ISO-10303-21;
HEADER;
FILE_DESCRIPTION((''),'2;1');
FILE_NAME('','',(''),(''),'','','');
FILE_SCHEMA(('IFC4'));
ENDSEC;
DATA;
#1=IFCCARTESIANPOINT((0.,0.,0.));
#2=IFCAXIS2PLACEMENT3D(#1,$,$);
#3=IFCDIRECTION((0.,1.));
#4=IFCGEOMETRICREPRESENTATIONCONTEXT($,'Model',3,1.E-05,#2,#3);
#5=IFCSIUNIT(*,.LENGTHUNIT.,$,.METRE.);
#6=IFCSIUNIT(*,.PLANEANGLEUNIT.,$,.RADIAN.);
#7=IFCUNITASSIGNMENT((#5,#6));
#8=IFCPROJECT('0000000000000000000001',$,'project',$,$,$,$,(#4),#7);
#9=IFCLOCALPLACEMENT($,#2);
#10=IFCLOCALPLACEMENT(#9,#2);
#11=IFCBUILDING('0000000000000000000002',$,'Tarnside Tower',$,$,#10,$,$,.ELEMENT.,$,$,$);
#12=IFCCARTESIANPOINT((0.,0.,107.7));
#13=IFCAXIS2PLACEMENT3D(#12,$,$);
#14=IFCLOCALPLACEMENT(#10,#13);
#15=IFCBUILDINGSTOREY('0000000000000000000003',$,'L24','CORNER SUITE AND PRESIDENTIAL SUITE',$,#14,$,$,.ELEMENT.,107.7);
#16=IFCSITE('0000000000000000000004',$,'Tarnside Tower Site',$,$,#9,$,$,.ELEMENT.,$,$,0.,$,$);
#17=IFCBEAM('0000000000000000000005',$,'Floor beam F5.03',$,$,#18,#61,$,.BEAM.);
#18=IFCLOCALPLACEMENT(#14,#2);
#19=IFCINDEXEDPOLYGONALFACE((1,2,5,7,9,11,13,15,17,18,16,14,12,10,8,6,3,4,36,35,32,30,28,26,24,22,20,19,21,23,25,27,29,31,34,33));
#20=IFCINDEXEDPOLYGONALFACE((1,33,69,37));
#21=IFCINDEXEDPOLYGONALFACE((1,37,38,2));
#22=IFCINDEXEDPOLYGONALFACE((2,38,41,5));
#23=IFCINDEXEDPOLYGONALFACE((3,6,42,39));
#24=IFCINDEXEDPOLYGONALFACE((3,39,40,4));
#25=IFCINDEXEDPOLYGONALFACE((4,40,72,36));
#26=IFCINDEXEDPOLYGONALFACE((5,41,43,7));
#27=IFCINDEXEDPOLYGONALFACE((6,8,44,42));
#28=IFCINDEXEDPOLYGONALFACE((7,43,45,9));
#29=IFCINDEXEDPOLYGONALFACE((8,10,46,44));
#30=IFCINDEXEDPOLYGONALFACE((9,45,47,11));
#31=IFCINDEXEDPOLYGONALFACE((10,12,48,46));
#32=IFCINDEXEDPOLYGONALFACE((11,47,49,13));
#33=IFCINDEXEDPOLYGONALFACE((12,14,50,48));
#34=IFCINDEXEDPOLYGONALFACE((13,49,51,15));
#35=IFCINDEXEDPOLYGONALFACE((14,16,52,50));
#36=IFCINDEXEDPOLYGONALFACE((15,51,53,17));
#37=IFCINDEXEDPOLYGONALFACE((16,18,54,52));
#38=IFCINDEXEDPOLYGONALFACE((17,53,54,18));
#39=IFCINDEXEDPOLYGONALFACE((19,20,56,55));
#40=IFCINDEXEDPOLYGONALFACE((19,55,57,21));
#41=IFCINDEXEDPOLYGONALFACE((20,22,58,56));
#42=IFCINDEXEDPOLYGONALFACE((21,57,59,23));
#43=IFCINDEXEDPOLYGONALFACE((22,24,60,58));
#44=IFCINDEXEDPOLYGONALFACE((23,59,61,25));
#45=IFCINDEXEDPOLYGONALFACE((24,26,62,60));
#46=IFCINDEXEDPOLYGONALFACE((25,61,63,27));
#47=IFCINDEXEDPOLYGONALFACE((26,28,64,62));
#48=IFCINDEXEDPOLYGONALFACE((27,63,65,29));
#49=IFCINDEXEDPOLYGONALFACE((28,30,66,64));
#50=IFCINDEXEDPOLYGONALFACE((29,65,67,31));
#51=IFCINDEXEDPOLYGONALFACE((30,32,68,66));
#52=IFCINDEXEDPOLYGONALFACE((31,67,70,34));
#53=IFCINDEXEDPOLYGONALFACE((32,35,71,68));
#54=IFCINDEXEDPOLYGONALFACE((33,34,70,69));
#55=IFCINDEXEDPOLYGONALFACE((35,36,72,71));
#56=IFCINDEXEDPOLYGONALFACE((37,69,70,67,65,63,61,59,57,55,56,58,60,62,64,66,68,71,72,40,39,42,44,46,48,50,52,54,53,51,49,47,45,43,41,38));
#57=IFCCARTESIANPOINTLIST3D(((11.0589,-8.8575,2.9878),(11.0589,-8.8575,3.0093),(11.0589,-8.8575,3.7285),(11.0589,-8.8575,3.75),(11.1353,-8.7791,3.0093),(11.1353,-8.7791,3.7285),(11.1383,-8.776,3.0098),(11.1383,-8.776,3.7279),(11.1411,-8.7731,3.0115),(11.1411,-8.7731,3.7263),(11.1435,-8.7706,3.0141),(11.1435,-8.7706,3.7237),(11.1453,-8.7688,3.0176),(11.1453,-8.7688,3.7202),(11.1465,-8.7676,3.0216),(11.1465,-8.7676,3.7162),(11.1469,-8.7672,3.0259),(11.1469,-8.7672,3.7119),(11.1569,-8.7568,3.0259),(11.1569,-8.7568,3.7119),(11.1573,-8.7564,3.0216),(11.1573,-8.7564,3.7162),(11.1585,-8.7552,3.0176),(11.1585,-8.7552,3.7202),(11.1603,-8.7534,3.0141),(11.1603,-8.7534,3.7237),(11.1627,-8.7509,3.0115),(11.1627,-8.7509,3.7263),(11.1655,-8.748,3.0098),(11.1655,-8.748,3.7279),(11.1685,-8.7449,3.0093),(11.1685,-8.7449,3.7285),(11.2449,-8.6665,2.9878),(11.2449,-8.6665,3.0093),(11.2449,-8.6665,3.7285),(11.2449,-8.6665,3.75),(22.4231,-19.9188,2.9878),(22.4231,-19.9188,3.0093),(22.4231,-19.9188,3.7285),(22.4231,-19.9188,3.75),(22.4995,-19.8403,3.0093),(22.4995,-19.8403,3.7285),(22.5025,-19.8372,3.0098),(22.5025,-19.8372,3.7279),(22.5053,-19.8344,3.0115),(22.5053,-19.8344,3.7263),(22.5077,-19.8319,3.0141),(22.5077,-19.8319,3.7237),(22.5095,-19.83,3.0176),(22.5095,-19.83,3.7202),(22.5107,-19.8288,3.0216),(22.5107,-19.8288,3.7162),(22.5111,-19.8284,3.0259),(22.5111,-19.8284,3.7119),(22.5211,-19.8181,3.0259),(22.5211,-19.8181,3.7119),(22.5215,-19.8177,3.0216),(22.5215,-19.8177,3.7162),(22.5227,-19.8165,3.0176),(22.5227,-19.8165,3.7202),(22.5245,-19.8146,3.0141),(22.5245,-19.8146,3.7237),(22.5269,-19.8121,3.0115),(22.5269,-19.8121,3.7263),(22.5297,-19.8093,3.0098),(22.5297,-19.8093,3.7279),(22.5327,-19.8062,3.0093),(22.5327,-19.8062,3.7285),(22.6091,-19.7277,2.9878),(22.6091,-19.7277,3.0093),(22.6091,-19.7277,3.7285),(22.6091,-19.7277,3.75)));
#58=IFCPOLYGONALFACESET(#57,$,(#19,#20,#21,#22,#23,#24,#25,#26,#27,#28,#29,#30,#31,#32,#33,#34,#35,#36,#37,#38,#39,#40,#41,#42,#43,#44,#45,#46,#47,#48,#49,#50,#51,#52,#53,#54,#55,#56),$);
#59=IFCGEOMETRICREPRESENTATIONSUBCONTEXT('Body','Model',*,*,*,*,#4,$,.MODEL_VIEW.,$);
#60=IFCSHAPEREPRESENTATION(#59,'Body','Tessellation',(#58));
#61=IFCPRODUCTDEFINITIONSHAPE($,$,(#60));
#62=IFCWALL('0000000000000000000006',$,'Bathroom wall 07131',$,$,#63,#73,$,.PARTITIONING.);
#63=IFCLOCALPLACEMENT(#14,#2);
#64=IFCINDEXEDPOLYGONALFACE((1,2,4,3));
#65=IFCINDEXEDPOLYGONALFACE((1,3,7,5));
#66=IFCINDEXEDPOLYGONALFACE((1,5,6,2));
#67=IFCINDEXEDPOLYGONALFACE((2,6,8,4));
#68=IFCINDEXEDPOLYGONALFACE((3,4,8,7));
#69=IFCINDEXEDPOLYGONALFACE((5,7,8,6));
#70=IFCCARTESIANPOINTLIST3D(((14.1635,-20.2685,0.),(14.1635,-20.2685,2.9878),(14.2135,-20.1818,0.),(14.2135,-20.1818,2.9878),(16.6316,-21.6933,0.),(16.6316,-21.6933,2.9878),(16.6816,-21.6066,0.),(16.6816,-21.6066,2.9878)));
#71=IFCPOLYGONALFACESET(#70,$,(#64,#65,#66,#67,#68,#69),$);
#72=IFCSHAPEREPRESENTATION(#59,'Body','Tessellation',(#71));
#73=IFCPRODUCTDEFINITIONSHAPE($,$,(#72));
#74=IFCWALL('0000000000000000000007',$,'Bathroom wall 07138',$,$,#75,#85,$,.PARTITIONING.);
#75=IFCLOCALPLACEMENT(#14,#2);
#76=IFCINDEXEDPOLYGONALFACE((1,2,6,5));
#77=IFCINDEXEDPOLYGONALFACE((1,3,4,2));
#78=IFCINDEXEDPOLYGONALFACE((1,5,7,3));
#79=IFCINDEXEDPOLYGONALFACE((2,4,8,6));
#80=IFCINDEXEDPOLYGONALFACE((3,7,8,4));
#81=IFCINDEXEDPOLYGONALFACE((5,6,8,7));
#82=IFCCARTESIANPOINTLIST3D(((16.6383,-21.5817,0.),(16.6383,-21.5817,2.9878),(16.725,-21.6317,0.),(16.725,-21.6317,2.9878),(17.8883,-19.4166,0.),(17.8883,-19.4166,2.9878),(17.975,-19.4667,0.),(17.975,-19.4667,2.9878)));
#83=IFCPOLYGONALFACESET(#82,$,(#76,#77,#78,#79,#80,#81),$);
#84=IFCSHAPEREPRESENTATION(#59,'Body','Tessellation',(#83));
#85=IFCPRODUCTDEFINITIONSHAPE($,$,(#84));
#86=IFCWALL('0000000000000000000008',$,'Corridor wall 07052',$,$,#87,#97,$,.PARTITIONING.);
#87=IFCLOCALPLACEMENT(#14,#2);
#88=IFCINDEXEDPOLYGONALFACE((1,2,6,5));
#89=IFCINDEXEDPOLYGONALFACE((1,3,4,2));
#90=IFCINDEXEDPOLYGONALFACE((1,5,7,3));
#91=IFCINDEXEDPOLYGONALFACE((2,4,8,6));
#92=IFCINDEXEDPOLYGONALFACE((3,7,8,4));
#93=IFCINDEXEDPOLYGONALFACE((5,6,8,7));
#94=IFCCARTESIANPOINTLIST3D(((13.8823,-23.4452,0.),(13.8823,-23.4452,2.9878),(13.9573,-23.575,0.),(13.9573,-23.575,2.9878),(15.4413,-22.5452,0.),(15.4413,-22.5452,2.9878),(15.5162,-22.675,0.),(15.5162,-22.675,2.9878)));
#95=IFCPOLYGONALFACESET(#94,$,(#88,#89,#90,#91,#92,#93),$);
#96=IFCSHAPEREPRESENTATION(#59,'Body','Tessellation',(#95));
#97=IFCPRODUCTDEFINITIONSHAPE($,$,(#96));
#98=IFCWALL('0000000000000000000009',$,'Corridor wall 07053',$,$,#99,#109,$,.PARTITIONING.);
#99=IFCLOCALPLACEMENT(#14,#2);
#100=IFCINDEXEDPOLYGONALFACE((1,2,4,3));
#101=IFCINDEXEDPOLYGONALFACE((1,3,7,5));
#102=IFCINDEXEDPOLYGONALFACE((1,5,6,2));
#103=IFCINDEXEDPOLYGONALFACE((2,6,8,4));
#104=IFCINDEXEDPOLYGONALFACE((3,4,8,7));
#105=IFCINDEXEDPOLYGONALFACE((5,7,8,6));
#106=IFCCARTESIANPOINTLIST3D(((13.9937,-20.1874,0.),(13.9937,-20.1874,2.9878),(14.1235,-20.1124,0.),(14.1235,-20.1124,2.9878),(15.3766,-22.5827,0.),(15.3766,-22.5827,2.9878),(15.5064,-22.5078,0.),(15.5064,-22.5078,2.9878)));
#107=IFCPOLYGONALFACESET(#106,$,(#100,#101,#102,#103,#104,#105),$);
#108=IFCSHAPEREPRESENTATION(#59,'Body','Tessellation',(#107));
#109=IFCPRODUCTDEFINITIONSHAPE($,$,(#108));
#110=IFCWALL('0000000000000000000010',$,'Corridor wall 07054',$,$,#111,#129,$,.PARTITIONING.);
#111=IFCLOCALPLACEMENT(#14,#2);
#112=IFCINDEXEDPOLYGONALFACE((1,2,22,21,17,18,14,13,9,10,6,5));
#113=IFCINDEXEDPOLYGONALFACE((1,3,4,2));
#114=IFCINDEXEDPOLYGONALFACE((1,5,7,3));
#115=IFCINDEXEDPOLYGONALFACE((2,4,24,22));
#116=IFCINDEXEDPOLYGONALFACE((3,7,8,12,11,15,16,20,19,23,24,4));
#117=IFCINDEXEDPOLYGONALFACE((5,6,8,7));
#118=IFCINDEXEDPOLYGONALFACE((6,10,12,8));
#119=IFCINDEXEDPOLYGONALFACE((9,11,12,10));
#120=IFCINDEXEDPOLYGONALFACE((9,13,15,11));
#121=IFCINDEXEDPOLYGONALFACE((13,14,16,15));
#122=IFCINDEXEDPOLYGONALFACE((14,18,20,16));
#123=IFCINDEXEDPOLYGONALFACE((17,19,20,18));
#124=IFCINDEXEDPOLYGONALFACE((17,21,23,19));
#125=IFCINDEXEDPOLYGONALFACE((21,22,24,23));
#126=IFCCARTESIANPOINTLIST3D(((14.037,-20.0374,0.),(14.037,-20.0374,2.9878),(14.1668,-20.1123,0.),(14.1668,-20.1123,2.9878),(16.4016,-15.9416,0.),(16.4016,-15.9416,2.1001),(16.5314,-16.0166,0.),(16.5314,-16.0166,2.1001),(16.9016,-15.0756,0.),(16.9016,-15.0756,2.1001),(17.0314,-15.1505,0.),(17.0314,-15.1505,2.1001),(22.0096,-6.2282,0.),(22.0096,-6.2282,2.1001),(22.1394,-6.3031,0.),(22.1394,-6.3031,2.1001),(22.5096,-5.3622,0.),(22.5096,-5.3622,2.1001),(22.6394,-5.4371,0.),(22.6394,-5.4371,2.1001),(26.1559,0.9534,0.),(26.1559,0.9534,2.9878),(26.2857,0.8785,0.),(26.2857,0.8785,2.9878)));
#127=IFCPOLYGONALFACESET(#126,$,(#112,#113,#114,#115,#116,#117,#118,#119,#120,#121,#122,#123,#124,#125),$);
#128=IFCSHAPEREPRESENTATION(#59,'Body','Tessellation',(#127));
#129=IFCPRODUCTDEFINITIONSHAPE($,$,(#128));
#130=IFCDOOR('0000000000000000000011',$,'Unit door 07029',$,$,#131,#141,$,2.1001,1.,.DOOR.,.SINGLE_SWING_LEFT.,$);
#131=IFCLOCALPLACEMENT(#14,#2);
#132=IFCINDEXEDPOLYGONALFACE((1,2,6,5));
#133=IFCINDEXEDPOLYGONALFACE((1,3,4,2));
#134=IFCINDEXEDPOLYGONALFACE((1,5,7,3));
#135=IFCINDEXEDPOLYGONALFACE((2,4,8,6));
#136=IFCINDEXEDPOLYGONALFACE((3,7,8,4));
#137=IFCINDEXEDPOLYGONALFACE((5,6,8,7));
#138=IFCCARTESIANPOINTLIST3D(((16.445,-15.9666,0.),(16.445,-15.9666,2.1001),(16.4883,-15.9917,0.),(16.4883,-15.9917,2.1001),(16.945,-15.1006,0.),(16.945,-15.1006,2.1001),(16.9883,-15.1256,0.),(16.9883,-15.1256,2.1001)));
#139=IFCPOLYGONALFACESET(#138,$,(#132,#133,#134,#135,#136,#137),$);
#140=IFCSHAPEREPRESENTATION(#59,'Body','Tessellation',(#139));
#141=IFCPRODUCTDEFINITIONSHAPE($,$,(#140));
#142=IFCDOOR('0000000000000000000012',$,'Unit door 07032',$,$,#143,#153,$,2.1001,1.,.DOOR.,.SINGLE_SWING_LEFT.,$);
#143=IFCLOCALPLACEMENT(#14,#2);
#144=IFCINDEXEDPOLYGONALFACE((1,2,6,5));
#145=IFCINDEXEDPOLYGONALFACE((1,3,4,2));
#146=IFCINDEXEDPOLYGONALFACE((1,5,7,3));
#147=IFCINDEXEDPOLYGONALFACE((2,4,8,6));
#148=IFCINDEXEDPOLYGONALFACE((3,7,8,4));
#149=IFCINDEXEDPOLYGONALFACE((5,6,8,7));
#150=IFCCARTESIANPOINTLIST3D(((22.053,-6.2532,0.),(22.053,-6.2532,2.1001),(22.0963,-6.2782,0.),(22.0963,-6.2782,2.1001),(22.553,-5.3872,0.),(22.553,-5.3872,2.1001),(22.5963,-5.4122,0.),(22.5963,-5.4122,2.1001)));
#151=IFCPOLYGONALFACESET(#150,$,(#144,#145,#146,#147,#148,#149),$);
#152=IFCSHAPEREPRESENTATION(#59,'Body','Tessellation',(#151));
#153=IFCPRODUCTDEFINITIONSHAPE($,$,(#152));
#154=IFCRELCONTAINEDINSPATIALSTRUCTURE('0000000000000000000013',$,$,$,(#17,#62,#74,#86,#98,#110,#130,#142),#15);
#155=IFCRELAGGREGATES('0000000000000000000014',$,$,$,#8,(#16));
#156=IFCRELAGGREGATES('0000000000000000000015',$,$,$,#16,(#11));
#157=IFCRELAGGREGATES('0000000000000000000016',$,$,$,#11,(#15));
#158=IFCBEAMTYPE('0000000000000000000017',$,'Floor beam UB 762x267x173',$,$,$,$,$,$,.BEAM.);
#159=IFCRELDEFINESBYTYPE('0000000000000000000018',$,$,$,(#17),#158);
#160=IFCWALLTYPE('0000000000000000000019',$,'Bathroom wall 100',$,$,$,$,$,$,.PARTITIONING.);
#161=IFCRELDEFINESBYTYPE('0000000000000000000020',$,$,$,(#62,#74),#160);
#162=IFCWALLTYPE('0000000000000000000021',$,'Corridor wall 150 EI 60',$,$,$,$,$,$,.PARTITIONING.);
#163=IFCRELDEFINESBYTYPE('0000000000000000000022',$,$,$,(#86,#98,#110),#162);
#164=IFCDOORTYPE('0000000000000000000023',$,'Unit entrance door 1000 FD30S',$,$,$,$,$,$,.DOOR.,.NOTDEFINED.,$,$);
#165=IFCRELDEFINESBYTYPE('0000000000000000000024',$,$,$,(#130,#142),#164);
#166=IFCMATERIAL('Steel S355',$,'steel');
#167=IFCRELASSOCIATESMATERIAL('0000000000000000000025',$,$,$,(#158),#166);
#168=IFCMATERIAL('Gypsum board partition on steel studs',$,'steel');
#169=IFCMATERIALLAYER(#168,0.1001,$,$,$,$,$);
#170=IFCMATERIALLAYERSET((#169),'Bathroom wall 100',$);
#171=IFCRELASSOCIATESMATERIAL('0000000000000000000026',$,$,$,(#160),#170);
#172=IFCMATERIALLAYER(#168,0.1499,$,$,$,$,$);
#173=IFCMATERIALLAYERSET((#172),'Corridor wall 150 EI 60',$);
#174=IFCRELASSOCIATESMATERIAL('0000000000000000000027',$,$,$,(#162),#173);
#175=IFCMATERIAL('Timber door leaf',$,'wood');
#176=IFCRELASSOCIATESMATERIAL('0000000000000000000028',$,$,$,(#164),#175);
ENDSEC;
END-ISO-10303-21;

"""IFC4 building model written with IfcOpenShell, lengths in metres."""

from ifc_helpers import new_model, si_unit, direction, frame, frame_2d, origin, origin_2d, place, context, subcontext, project, spatial, rectangle, i_section, extrude, material, layer, layer_set, material_profile, profile_set, type_object, element, fill, save


model = new_model("IFC4")

# Units and contexts
model_context = context("Model", 3, precision=1e-05, world=origin(), true_north=direction((0.0, 1.0)))
body_context = subcontext(model_context, "Body", "Model", "MODEL_VIEW")
ifc_project = project(units=[si_unit("LENGTHUNIT", "METRE"), si_unit("PLANEANGLEUNIT", "RADIAN")], contexts=[model_context])

# Site, building, storey
site_placement = place(None, origin())
site = spatial("IfcSite", under=ifc_project, at=site_placement, Name="Tarnside Tower Site", CompositionType="ELEMENT", RefElevation=0.0)
building_placement = place(site_placement, origin())
building = spatial("IfcBuilding", under=site, at=building_placement, Name="Tarnside Tower", CompositionType="ELEMENT")
storey_placement = place(building_placement, frame((0.0, 0.0, 107.7)))
storey = spatial("IfcBuildingStorey", under=building, at=storey_placement, Name="L24", Description="CORNER SUITE AND PRESIDENTIAL SUITE", CompositionType="ELEMENT", Elevation=107.7)

# Beam
ifc_material_1 = material(Name="Steel S355", Category="steel")
ifc_material_profile = material_profile(ifc_material_1, i_section(OverallWidth=0.2666, OverallDepth=0.7622, WebThickness=0.0144, FlangeThickness=0.0215, FilletRadius=0.0166, at=origin_2d()), Name="UB 762x267x173")
ifc_profile_set = profile_set([ifc_material_profile], Name="Steel S355")
beam_type = type_object("IfcBeamType", Name="Floor beam UB 762x267x173", PredefinedType="BEAM", material=ifc_profile_set)
beam_1_placement = place(storey_placement, frame((22.5161, -19.8232, 3.3689), z_axis=(-0.716595, 0.69749, 0.0), x_axis=(-0.69749, -0.716595, 0.0)))
element("IfcBeam", 1, at=beam_1_placement, inside=storey, type_object=beam_type, Name="Floor beam F5.03", PredefinedType="BEAM", context=body_context, shape_type="SweptSolid", body=[
    extrude(i_section(OverallWidth=0.2666, OverallDepth=0.7622, WebThickness=0.0144, FlangeThickness=0.0215, FilletRadius=0.0166, at=origin_2d()), origin(), (0.0, 0.0, 1.0), 15.8586),
])

# Walls
ifc_material_2 = material(Name="Gypsum board partition on steel studs", Category="steel")
ifc_layer_1 = layer(ifc_material_2, 0.1001)
ifc_layer_set_1 = layer_set([ifc_layer_1], Name="Bathroom wall 100")
wall_type_1 = type_object("IfcWallType", Name="Bathroom wall 100", PredefinedType="PARTITIONING", material=ifc_layer_set_1)
wall_1_placement = place(storey_placement, frame((16.6565, -21.6499, 0.0), z_axis=(0.0, 0.0, 1.0), x_axis=(-0.866041, 0.499972, 0.0)))
element("IfcWall", 2, at=wall_1_placement, inside=storey, type_object=wall_type_1, Name="Bathroom wall 07131", PredefinedType="PARTITIONING", context=body_context, shape_type="SweptSolid", body=[
    extrude(rectangle(XDim=2.8499, YDim=0.1001, at=frame_2d((1.4248, 0.0))), origin(), (0.0, 0.0, 1.0), 2.9878),
])
wall_2_placement = place(storey_placement, frame((16.6816, -21.6067, 0.0), z_axis=(0.0, 0.0, 1.0), x_axis=(0.500004, 0.866023, 0.0)))
element("IfcWall", 3, at=wall_2_placement, inside=storey, type_object=wall_type_1, Name="Bathroom wall 07138", PredefinedType="PARTITIONING", context=body_context, shape_type="SweptSolid", body=[
    extrude(rectangle(XDim=2.5, YDim=0.1001, at=frame_2d((1.25, 0.0))), origin(), (0.0, 0.0, 1.0), 2.9878),
])
ifc_layer_2 = layer(ifc_material_2, 0.1499)
ifc_layer_set_2 = layer_set([ifc_layer_2], Name="Corridor wall 150 EI 60")
wall_type_2 = type_object("IfcWallType", Name="Corridor wall 150 EI 60", PredefinedType="PARTITIONING", material=ifc_layer_set_2)
wall_3_placement = place(storey_placement, frame((13.9199, -23.51, 0.0), z_axis=(0.0, 0.0, 1.0), x_axis=(0.866048, 0.499961, 0.0)))
element("IfcWall", 4, at=wall_3_placement, inside=storey, type_object=wall_type_2, Name="Corridor wall 07052", PredefinedType="PARTITIONING", context=body_context, shape_type="SweptSolid", body=[
    extrude(rectangle(XDim=1.8, YDim=0.1499, at=frame_2d((0.8999, 0.0))), origin(), (0.0, 0.0, 1.0), 2.9878),
])
wall_4_placement = place(storey_placement, frame((15.4414, -22.5452, 0.0), z_axis=(0.0, 0.0, 1.0), x_axis=(-0.499975, 0.86604, 0.0)))
element("IfcWall", 5, at=wall_4_placement, inside=storey, type_object=wall_type_2, Name="Corridor wall 07053", PredefinedType="PARTITIONING", context=body_context, shape_type="SweptSolid", body=[
    extrude(rectangle(XDim=2.7659, YDim=0.1499, at=frame_2d((1.3828, 0.0))), origin(), (0.0, 0.0, 1.0), 2.9878),
])

# Wall, openings, doors
wall_5_placement = place(storey_placement, frame((14.1018, -20.075, 0.0), z_axis=(0.0, 0.0, 1.0), x_axis=(0.499997, 0.866027, 0.0)))
wall_5 = element("IfcWall", 6, at=wall_5_placement, inside=storey, type_object=wall_type_2, Name="Corridor wall 07054", PredefinedType="PARTITIONING", context=body_context, shape_type="SweptSolid", body=[
    extrude(rectangle(XDim=24.238, YDim=0.1499, at=frame_2d((12.1191, 0.0))), origin(), (0.0, 0.0, 1.0), 2.9878),
])
opening_1_placement = place(wall_5_placement, frame((4.7295, 0.0, 0.0)))
opening_1 = element("IfcOpeningElement", 7, at=opening_1_placement, cuts=wall_5, PredefinedType="OPENING", context=body_context, shape_type="SweptSolid", body=[
    extrude(rectangle(XDim=1.0, YDim=2.1001, at=frame_2d((0.5, 1.05))), frame((0.0, 0.085, 0.0), z_axis=(0.0, -1.0, 0.0), x_axis=(1.0, 0.0, 0.0)), (0.0, 0.0, 1.0), 0.1699),
])
opening_2_placement = place(wall_5_placement, frame((15.9456, 0.0, 0.0)))
opening_2 = element("IfcOpeningElement", 8, at=opening_2_placement, cuts=wall_5, PredefinedType="OPENING", context=body_context, shape_type="SweptSolid", body=[
    extrude(rectangle(XDim=1.0, YDim=2.1001, at=frame_2d((0.5, 1.05))), frame((0.0, 0.085, 0.0), z_axis=(0.0, -1.0, 0.0), x_axis=(1.0, 0.0, 0.0)), (0.0, 0.0, 1.0), 0.1699),
])
ifc_material_3 = material(Name="Timber door leaf", Category="wood")
door_type_1 = type_object("IfcDoorType", Name="Unit entrance door 1000 FD30S", OperationType="NOTDEFINED", PredefinedType="DOOR", material=ifc_material_3)
door_1_placement = place(opening_1_placement, origin())
door_1 = element("IfcDoor", 9, at=door_1_placement, inside=storey, type_object=door_type_1, Name="Unit door 07029", OperationType="SINGLE_SWING_LEFT", OverallHeight=2.1001, OverallWidth=1.0, PredefinedType="DOOR", context=body_context, shape_type="SweptSolid", body=[
    extrude(rectangle(XDim=1.0, YDim=2.1001, at=frame_2d((0.5, 1.05))), frame((0.0, 0.0249, 0.0), z_axis=(0.0, -1.0, 0.0), x_axis=(1.0, 0.0, 0.0)), (0.0, 0.0, 1.0), 0.05),
])
fill(opening_1, door_1)
door_2_placement = place(opening_2_placement, origin())
door_2 = element("IfcDoor", 10, at=door_2_placement, inside=storey, type_object=door_type_1, Name="Unit door 07032", OperationType="SINGLE_SWING_LEFT", OverallHeight=2.1001, OverallWidth=1.0, PredefinedType="DOOR", context=body_context, shape_type="SweptSolid", body=[
    extrude(rectangle(XDim=1.0, YDim=2.1001, at=frame_2d((0.5, 1.05))), frame((0.0, 0.0249, 0.0), z_axis=(0.0, -1.0, 0.0), x_axis=(1.0, 0.0, 0.0)), (0.0, 0.0, 1.0), 0.05),
])
fill(opening_2, door_2)

save(model, "model.ifc")
